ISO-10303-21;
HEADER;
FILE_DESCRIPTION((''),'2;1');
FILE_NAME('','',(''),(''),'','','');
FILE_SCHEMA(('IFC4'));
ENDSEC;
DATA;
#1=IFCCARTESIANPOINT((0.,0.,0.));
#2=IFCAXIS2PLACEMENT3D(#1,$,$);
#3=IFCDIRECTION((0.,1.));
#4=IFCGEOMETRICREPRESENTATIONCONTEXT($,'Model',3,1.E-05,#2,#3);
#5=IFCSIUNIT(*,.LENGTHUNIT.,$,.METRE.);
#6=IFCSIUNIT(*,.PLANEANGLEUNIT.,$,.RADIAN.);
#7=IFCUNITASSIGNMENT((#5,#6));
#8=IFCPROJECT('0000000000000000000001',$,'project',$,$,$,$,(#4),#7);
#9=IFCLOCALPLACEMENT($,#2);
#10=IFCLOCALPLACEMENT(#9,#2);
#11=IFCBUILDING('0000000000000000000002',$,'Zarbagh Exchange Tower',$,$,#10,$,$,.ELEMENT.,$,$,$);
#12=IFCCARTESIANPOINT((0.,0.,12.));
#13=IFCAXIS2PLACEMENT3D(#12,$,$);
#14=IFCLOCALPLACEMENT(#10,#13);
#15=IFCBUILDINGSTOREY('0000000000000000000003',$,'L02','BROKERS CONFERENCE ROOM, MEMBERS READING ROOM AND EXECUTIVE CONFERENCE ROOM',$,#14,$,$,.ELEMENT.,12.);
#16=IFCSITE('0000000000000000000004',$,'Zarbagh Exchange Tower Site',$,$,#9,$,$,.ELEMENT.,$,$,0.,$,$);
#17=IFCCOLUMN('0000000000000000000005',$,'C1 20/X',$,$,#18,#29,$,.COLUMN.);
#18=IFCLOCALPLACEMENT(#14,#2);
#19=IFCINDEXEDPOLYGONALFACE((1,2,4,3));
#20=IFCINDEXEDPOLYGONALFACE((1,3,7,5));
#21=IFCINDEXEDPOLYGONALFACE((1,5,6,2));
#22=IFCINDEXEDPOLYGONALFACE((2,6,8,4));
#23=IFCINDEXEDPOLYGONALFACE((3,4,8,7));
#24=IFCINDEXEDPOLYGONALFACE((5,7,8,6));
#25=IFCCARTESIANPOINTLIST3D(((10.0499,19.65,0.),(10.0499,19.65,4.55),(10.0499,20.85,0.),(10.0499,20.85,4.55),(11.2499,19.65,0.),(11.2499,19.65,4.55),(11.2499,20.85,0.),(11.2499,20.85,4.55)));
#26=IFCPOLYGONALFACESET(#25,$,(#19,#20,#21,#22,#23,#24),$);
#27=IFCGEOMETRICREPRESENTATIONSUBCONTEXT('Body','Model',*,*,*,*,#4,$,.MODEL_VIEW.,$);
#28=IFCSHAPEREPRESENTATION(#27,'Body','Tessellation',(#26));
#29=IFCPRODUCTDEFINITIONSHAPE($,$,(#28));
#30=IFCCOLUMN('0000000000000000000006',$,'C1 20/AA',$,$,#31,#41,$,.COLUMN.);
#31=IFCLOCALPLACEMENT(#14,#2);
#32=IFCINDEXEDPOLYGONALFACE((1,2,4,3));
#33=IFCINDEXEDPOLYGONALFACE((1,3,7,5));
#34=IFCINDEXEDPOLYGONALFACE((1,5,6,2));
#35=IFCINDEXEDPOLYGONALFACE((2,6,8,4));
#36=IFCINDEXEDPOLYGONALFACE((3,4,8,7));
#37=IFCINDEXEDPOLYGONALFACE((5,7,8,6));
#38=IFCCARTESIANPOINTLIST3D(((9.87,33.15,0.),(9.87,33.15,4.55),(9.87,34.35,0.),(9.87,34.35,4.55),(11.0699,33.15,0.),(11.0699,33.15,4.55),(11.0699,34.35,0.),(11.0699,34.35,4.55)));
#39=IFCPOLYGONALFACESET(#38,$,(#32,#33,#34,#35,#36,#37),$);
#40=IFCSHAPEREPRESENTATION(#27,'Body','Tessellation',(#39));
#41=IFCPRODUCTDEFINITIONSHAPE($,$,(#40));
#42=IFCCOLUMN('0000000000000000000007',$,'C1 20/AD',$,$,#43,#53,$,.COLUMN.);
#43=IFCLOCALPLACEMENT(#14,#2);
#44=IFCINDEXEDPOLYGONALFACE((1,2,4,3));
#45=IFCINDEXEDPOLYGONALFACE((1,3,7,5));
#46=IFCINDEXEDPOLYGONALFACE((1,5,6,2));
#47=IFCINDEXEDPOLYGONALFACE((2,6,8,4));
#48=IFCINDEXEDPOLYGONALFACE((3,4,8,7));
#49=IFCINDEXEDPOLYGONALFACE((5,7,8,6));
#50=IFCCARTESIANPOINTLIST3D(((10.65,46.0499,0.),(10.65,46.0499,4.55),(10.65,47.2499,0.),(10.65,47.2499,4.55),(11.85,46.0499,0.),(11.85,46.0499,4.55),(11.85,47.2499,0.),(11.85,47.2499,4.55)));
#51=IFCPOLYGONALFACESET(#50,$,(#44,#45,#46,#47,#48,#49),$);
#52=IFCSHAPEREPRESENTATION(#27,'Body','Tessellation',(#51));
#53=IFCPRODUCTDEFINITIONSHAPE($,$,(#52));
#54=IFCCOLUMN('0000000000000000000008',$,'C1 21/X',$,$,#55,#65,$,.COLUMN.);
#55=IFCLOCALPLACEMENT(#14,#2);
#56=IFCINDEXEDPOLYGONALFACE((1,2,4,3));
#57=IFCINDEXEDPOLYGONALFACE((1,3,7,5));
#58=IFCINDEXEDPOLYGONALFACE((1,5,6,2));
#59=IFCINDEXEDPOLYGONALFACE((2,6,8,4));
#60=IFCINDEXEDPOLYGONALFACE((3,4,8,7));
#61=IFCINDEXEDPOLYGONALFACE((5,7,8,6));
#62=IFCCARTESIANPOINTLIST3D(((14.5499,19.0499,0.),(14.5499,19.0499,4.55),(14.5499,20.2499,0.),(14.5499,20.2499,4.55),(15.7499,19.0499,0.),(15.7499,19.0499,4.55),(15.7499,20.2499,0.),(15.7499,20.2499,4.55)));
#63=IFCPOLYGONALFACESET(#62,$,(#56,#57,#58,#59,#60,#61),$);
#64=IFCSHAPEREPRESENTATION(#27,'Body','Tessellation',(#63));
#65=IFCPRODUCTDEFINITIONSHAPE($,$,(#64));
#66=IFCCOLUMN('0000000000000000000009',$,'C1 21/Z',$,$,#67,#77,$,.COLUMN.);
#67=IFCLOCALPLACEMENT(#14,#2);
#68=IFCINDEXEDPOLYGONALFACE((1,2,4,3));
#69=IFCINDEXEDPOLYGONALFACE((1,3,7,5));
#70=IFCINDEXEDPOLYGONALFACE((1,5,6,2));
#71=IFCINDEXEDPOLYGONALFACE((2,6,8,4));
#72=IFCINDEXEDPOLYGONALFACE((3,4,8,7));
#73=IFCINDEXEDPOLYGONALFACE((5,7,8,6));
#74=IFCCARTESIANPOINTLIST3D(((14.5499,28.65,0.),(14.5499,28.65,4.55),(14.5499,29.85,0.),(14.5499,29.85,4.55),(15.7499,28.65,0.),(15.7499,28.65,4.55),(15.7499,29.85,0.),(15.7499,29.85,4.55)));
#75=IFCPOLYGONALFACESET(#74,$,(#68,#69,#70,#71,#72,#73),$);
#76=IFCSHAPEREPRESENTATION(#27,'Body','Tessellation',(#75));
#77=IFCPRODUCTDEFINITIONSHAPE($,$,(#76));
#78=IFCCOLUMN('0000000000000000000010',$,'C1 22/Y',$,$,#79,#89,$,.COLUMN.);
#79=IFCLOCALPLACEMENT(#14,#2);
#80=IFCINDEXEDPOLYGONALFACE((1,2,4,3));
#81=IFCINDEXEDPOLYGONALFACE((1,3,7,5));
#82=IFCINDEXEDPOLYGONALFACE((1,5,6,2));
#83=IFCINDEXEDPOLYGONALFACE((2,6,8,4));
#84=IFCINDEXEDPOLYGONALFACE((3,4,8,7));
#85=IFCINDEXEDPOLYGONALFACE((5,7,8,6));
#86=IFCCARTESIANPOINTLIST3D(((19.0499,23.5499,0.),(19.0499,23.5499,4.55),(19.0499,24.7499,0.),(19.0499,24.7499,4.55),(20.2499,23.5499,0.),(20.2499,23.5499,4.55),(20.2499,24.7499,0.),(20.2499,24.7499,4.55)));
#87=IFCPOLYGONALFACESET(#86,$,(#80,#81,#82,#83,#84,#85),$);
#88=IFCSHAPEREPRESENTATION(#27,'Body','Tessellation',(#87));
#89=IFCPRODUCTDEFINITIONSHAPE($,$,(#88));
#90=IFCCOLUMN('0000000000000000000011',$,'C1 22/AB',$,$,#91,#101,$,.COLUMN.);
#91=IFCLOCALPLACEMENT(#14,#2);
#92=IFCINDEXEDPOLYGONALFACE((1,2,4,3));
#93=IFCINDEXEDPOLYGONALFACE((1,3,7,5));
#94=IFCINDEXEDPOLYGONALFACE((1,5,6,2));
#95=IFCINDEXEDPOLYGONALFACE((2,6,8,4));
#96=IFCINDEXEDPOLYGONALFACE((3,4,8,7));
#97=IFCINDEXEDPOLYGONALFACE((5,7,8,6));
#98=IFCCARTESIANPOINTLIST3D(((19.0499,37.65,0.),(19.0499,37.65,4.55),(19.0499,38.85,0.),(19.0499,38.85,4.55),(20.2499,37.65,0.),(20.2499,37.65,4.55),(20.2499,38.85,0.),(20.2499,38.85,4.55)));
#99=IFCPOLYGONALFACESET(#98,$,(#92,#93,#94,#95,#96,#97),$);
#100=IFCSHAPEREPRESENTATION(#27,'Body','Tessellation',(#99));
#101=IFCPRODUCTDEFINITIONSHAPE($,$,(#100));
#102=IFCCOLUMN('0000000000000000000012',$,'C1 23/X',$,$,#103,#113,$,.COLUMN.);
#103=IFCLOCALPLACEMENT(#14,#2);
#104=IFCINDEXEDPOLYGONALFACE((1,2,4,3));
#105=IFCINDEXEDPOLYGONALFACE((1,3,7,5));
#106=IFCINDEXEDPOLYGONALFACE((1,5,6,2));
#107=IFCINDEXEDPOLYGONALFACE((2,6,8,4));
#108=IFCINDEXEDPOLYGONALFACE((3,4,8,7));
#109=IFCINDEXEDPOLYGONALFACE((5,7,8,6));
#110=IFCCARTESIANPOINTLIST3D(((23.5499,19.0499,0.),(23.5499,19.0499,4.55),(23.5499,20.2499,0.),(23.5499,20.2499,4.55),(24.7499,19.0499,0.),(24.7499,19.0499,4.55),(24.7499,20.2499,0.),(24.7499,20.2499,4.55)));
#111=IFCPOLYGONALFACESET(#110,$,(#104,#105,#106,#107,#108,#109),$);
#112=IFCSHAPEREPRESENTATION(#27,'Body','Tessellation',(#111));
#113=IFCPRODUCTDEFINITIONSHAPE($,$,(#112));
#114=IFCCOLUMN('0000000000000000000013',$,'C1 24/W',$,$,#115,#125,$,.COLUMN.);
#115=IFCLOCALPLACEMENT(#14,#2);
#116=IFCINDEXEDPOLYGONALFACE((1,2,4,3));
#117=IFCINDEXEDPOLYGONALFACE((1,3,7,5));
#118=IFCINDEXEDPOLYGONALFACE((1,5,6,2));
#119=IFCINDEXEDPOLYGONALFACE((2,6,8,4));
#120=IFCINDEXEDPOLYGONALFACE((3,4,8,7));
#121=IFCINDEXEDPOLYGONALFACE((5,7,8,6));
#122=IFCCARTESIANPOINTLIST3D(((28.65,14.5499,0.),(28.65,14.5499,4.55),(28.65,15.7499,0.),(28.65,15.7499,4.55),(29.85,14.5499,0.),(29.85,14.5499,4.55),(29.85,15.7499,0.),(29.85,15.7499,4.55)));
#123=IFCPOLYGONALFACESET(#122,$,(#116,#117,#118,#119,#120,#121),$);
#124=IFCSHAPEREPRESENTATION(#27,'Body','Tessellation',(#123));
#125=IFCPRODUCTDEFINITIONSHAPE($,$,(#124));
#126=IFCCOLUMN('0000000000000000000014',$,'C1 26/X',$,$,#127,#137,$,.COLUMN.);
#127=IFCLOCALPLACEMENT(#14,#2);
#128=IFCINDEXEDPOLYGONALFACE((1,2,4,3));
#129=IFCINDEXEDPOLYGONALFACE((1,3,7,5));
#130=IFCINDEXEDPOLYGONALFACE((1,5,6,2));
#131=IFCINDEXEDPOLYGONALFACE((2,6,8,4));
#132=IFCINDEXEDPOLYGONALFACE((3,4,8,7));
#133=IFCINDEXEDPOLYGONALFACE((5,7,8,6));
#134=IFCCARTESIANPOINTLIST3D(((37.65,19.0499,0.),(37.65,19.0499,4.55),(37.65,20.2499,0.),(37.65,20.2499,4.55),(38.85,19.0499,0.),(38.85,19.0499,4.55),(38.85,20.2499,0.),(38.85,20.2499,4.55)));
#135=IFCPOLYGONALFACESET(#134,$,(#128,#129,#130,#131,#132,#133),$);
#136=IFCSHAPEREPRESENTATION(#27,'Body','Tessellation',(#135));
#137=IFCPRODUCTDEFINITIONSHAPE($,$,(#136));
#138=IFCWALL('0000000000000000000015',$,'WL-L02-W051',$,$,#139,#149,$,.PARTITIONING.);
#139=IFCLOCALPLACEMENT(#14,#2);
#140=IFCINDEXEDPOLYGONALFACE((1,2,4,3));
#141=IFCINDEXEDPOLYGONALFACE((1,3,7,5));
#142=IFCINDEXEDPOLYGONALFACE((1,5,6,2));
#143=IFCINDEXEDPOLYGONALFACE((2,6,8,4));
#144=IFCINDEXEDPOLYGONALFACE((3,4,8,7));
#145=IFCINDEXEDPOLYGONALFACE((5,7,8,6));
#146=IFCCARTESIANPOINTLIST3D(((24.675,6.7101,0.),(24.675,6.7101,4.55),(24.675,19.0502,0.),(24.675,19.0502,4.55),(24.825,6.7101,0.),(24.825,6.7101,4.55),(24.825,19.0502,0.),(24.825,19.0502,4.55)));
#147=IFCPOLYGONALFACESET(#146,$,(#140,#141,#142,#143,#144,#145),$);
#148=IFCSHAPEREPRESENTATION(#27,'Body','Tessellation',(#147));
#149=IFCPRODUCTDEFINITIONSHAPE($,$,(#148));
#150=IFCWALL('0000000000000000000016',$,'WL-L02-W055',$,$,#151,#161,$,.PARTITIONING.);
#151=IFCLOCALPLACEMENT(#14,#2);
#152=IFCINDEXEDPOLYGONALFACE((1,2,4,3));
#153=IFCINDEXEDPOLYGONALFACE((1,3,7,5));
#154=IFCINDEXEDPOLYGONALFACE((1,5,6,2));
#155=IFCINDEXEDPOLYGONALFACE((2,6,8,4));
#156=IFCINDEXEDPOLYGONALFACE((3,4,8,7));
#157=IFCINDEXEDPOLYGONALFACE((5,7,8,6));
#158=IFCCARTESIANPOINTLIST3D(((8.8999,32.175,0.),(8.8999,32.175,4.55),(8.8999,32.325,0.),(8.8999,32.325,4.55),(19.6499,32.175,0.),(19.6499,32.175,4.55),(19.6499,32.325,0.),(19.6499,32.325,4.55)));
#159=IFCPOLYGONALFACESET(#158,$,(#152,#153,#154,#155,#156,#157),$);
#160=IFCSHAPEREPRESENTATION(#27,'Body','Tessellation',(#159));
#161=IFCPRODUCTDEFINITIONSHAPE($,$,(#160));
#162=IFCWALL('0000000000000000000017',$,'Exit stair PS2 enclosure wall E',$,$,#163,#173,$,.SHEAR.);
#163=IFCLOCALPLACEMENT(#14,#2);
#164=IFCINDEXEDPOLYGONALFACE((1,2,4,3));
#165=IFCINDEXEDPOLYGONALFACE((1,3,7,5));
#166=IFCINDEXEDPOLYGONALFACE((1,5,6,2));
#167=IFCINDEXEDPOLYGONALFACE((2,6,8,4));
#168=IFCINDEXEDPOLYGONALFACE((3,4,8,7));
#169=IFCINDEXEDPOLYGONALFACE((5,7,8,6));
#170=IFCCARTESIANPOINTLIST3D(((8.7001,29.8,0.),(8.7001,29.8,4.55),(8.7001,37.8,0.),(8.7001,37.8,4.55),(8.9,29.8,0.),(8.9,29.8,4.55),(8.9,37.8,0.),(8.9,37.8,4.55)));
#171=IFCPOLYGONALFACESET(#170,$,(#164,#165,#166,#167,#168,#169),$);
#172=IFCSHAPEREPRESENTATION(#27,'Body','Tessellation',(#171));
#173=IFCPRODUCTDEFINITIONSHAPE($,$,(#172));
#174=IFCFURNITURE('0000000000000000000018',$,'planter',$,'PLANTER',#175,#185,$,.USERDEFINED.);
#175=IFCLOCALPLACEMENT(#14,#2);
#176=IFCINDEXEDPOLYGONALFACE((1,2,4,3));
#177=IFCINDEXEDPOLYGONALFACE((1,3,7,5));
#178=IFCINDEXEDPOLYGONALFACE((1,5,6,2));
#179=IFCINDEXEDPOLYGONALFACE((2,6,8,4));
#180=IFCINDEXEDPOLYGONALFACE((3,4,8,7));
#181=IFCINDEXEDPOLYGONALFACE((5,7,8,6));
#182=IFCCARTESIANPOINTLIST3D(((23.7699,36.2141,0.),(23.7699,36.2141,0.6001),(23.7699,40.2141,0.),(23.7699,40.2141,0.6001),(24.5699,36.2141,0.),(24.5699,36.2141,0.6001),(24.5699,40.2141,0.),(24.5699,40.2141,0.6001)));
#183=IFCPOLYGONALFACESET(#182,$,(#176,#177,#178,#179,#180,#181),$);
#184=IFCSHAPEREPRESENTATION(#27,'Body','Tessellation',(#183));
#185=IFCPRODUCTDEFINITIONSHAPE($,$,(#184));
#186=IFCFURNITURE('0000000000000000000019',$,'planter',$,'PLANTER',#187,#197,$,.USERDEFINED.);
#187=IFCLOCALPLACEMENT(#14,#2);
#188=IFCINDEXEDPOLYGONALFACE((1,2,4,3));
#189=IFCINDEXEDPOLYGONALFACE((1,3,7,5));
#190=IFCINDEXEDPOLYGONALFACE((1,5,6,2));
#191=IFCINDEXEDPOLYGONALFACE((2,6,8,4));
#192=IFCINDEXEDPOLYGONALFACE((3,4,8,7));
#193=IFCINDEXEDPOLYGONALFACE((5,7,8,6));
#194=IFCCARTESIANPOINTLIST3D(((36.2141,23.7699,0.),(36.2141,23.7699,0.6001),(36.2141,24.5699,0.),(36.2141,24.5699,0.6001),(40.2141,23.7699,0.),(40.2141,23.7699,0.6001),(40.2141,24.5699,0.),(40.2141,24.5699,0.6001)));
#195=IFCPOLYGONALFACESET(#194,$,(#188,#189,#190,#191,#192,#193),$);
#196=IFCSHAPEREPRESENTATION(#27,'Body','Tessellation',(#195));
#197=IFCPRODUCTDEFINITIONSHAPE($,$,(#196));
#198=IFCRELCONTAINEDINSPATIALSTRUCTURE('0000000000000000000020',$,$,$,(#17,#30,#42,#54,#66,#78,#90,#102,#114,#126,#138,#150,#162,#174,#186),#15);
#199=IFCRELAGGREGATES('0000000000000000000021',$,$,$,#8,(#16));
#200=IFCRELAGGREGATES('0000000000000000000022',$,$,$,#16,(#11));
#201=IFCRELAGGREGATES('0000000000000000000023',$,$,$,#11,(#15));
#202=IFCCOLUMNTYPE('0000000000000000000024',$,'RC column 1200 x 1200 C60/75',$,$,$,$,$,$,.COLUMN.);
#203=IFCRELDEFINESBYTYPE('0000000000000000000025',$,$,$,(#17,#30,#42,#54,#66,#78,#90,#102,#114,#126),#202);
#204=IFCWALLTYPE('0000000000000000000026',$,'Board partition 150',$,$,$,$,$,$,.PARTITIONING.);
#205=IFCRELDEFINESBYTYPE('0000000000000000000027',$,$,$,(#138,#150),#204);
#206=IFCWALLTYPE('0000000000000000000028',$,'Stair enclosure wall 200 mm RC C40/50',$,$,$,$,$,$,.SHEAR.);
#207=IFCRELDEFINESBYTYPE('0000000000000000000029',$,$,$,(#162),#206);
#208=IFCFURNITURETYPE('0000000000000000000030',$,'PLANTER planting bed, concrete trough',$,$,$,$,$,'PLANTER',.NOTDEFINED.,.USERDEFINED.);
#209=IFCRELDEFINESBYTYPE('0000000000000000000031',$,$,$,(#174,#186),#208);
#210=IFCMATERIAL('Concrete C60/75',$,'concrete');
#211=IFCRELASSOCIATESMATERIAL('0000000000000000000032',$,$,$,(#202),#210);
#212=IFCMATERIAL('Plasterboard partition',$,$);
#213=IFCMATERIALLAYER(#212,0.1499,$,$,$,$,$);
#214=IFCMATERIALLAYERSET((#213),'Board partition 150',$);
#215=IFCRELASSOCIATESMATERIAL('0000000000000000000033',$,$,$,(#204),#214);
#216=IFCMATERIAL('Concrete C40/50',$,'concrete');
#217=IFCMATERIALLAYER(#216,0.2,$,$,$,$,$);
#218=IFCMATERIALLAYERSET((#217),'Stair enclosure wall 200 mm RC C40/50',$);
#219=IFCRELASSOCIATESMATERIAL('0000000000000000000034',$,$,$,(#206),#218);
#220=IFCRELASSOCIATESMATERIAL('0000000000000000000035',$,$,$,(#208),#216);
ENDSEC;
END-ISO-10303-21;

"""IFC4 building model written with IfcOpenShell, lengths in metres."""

from ifc_helpers import new_model, si_unit, direction, frame, frame_2d, origin, origin_2d, place, context, subcontext, project, spatial, rectangle, extrude, material, layer, layer_set, material_profile, profile_set, type_object, element, save


model = new_model("IFC4")

# Units and contexts
model_context = context("Model", 3, precision=1e-05, world=origin(), true_north=direction((0.0, 1.0)))
body_context = subcontext(model_context, "Body", "Model", "MODEL_VIEW")
ifc_project = project(units=[si_unit("LENGTHUNIT", "METRE"), si_unit("PLANEANGLEUNIT", "RADIAN")], contexts=[model_context])

# Site, building, storey
site_placement = place(None, origin())
site = spatial("IfcSite", under=ifc_project, at=site_placement, Name="Zarbagh Exchange Tower Site", CompositionType="ELEMENT", RefElevation=0.0)
building_placement = place(site_placement, origin())
building = spatial("IfcBuilding", under=site, at=building_placement, Name="Zarbagh Exchange Tower", CompositionType="ELEMENT")
storey_placement = place(building_placement, frame((0.0, 0.0, 12.0)))
storey = spatial("IfcBuildingStorey", under=building, at=storey_placement, Name="L02", Description="BROKERS CONFERENCE ROOM, MEMBERS READING ROOM AND EXECUTIVE CONFERENCE ROOM", CompositionType="ELEMENT", Elevation=12.0)

# Columns
ifc_material_1 = material(Name="Concrete C60/75", Category="concrete")
ifc_material_profile = material_profile(ifc_material_1, rectangle(XDim=1.2, YDim=1.2, at=origin_2d()), Name="RC column 1200 x 1200 C60/75")
ifc_profile_set = profile_set([ifc_material_profile], Name="Concrete C60/75")
column_type = type_object("IfcColumnType", Name="RC column 1200 x 1200 C60/75", PredefinedType="COLUMN", material=ifc_profile_set)
for number, where, z_axis, x_axis, name in (
    (1, (10.6499, 20.25, 0.0), (0.0, 0.0, 1.0), (1.0, 0.0, 0.0), "C1 20/X"),
    (2, (10.47, 33.75, 0.0), (0.0, 0.0, 1.0), (1.0, 0.0, 0.0), "C1 20/AA"),
    (3, (11.25, 46.6499, 0.0), (0.0, 0.0, 1.0), (1.0, 0.0, 0.0), "C1 20/AD"),
    (4, (15.1499, 19.6499, 0.0), (0.0, 0.0, 1.0), (1.0, 0.0, 0.0), "C1 21/X"),
    (5, (15.1499, 29.25, 0.0), (0.0, 0.0, 1.0), (1.0, 0.0, 0.0), "C1 21/Z"),
    (6, (19.6499, 24.1499, 0.0), (0.0, 0.0, 1.0), (1.0, 0.0, 0.0), "C1 22/Y"),
    (7, (19.6499, 38.25, 0.0), (0.0, 0.0, 1.0), (1.0, 0.0, 0.0), "C1 22/AB"),
    (8, (24.1499, 19.6499, 0.0), (0.0, 0.0, 1.0), (1.0, 0.0, 0.0), "C1 23/X"),
    (9, (29.25, 15.1499, 0.0), (0.0, 0.0, 1.0), (1.0, 0.0, 0.0), "C1 24/W"),
    (10, (38.25, 19.6499, 0.0), (0.0, 0.0, 1.0), (1.0, 0.0, 0.0), "C1 26/X"),
):
    element("IfcColumn", number, at=place(storey_placement, frame(where, z_axis=z_axis, x_axis=x_axis)), inside=storey, type_object=column_type, Name=name, PredefinedType="COLUMN", context=body_context, shape_type="SweptSolid", body=[
        extrude(rectangle(XDim=1.2, YDim=1.2, at=origin_2d()), origin(), (0.0, 0.0, 1.0), 4.55),
    ])

# Walls
ifc_material_2 = material(Name="Plasterboard partition")
ifc_layer_1 = layer(ifc_material_2, 0.1499)
ifc_layer_set_1 = layer_set([ifc_layer_1], Name="Board partition 150")
wall_type_1 = type_object("IfcWallType", Name="Board partition 150", PredefinedType="PARTITIONING", material=ifc_layer_set_1)
wall_1_placement = place(storey_placement, frame((24.75, 19.05, 0.0), z_axis=(0.0, 0.0, 1.0), x_axis=(0.0, -1.0, 0.0)))
element("IfcWall", 11, at=wall_1_placement, inside=storey, type_object=wall_type_1, Name="WL-L02-W051", PredefinedType="PARTITIONING", context=body_context, shape_type="SweptSolid", body=[
    extrude(rectangle(XDim=12.3401, YDim=0.1499, at=frame_2d((6.1699, 0.0))), origin(), (0.0, 0.0, 1.0), 4.55),
])
wall_2_placement = place(storey_placement, frame((8.8999, 32.25, 0.0), z_axis=(0.0, 0.0, 1.0), x_axis=(1.0, 0.0, 0.0)))
element("IfcWall", 12, at=wall_2_placement, inside=storey, type_object=wall_type_1, Name="WL-L02-W055", PredefinedType="PARTITIONING", context=body_context, shape_type="SweptSolid", body=[
    extrude(rectangle(XDim=10.75, YDim=0.1499, at=frame_2d((5.375, 0.0))), origin(), (0.0, 0.0, 1.0), 4.55),
])
ifc_material_3 = material(Name="Concrete C40/50", Category="concrete")
ifc_layer_2 = layer(ifc_material_3, 0.2)
ifc_layer_set_2 = layer_set([ifc_layer_2], Name="Stair enclosure wall 200 mm RC C40/50")
wall_type_2 = type_object("IfcWallType", Name="Stair enclosure wall 200 mm RC C40/50", PredefinedType="SHEAR", material=ifc_layer_set_2)
wall_3_placement = place(storey_placement, frame((8.8, 29.8, 0.0), z_axis=(0.0, 0.0, 1.0), x_axis=(0.0, 1.0, 0.0)))
element("IfcWall", 13, at=wall_3_placement, inside=storey, type_object=wall_type_2, Name="Exit stair PS2 enclosure wall E", PredefinedType="SHEAR", context=body_context, shape_type="SweptSolid", body=[
    extrude(rectangle(XDim=8.0, YDim=0.2, at=frame_2d((4.0, 0.0))), origin(), (0.0, 0.0, 1.0), 4.55),
])

# Furniture
furniture_type = type_object("IfcFurnitureType", Name="PLANTER planting bed, concrete trough", ElementType="PLANTER", AssemblyPlace="NOTDEFINED", PredefinedType="USERDEFINED", material=ifc_material_3)
for number, where, z_axis, x_axis, name in (
    (14, (24.1699, 38.2141, 0.0), (0.0, 0.0, 1.0), (0.0, -1.0, 0.0), "planter"),
    (15, (38.2141, 24.1699, 0.0), (0.0, 0.0, 1.0), (1.0, 0.0, 0.0), "planter"),
):
    element("IfcFurniture", number, at=place(storey_placement, frame(where, z_axis=z_axis, x_axis=x_axis)), inside=storey, type_object=furniture_type, Name=name, ObjectType="PLANTER", PredefinedType="USERDEFINED", context=body_context, shape_type="SweptSolid", body=[
        extrude(rectangle(XDim=4.0, YDim=0.8, at=origin_2d()), origin(), (0.0, 0.0, 1.0), 0.6001),
    ])

save(model, "model.ifc")
